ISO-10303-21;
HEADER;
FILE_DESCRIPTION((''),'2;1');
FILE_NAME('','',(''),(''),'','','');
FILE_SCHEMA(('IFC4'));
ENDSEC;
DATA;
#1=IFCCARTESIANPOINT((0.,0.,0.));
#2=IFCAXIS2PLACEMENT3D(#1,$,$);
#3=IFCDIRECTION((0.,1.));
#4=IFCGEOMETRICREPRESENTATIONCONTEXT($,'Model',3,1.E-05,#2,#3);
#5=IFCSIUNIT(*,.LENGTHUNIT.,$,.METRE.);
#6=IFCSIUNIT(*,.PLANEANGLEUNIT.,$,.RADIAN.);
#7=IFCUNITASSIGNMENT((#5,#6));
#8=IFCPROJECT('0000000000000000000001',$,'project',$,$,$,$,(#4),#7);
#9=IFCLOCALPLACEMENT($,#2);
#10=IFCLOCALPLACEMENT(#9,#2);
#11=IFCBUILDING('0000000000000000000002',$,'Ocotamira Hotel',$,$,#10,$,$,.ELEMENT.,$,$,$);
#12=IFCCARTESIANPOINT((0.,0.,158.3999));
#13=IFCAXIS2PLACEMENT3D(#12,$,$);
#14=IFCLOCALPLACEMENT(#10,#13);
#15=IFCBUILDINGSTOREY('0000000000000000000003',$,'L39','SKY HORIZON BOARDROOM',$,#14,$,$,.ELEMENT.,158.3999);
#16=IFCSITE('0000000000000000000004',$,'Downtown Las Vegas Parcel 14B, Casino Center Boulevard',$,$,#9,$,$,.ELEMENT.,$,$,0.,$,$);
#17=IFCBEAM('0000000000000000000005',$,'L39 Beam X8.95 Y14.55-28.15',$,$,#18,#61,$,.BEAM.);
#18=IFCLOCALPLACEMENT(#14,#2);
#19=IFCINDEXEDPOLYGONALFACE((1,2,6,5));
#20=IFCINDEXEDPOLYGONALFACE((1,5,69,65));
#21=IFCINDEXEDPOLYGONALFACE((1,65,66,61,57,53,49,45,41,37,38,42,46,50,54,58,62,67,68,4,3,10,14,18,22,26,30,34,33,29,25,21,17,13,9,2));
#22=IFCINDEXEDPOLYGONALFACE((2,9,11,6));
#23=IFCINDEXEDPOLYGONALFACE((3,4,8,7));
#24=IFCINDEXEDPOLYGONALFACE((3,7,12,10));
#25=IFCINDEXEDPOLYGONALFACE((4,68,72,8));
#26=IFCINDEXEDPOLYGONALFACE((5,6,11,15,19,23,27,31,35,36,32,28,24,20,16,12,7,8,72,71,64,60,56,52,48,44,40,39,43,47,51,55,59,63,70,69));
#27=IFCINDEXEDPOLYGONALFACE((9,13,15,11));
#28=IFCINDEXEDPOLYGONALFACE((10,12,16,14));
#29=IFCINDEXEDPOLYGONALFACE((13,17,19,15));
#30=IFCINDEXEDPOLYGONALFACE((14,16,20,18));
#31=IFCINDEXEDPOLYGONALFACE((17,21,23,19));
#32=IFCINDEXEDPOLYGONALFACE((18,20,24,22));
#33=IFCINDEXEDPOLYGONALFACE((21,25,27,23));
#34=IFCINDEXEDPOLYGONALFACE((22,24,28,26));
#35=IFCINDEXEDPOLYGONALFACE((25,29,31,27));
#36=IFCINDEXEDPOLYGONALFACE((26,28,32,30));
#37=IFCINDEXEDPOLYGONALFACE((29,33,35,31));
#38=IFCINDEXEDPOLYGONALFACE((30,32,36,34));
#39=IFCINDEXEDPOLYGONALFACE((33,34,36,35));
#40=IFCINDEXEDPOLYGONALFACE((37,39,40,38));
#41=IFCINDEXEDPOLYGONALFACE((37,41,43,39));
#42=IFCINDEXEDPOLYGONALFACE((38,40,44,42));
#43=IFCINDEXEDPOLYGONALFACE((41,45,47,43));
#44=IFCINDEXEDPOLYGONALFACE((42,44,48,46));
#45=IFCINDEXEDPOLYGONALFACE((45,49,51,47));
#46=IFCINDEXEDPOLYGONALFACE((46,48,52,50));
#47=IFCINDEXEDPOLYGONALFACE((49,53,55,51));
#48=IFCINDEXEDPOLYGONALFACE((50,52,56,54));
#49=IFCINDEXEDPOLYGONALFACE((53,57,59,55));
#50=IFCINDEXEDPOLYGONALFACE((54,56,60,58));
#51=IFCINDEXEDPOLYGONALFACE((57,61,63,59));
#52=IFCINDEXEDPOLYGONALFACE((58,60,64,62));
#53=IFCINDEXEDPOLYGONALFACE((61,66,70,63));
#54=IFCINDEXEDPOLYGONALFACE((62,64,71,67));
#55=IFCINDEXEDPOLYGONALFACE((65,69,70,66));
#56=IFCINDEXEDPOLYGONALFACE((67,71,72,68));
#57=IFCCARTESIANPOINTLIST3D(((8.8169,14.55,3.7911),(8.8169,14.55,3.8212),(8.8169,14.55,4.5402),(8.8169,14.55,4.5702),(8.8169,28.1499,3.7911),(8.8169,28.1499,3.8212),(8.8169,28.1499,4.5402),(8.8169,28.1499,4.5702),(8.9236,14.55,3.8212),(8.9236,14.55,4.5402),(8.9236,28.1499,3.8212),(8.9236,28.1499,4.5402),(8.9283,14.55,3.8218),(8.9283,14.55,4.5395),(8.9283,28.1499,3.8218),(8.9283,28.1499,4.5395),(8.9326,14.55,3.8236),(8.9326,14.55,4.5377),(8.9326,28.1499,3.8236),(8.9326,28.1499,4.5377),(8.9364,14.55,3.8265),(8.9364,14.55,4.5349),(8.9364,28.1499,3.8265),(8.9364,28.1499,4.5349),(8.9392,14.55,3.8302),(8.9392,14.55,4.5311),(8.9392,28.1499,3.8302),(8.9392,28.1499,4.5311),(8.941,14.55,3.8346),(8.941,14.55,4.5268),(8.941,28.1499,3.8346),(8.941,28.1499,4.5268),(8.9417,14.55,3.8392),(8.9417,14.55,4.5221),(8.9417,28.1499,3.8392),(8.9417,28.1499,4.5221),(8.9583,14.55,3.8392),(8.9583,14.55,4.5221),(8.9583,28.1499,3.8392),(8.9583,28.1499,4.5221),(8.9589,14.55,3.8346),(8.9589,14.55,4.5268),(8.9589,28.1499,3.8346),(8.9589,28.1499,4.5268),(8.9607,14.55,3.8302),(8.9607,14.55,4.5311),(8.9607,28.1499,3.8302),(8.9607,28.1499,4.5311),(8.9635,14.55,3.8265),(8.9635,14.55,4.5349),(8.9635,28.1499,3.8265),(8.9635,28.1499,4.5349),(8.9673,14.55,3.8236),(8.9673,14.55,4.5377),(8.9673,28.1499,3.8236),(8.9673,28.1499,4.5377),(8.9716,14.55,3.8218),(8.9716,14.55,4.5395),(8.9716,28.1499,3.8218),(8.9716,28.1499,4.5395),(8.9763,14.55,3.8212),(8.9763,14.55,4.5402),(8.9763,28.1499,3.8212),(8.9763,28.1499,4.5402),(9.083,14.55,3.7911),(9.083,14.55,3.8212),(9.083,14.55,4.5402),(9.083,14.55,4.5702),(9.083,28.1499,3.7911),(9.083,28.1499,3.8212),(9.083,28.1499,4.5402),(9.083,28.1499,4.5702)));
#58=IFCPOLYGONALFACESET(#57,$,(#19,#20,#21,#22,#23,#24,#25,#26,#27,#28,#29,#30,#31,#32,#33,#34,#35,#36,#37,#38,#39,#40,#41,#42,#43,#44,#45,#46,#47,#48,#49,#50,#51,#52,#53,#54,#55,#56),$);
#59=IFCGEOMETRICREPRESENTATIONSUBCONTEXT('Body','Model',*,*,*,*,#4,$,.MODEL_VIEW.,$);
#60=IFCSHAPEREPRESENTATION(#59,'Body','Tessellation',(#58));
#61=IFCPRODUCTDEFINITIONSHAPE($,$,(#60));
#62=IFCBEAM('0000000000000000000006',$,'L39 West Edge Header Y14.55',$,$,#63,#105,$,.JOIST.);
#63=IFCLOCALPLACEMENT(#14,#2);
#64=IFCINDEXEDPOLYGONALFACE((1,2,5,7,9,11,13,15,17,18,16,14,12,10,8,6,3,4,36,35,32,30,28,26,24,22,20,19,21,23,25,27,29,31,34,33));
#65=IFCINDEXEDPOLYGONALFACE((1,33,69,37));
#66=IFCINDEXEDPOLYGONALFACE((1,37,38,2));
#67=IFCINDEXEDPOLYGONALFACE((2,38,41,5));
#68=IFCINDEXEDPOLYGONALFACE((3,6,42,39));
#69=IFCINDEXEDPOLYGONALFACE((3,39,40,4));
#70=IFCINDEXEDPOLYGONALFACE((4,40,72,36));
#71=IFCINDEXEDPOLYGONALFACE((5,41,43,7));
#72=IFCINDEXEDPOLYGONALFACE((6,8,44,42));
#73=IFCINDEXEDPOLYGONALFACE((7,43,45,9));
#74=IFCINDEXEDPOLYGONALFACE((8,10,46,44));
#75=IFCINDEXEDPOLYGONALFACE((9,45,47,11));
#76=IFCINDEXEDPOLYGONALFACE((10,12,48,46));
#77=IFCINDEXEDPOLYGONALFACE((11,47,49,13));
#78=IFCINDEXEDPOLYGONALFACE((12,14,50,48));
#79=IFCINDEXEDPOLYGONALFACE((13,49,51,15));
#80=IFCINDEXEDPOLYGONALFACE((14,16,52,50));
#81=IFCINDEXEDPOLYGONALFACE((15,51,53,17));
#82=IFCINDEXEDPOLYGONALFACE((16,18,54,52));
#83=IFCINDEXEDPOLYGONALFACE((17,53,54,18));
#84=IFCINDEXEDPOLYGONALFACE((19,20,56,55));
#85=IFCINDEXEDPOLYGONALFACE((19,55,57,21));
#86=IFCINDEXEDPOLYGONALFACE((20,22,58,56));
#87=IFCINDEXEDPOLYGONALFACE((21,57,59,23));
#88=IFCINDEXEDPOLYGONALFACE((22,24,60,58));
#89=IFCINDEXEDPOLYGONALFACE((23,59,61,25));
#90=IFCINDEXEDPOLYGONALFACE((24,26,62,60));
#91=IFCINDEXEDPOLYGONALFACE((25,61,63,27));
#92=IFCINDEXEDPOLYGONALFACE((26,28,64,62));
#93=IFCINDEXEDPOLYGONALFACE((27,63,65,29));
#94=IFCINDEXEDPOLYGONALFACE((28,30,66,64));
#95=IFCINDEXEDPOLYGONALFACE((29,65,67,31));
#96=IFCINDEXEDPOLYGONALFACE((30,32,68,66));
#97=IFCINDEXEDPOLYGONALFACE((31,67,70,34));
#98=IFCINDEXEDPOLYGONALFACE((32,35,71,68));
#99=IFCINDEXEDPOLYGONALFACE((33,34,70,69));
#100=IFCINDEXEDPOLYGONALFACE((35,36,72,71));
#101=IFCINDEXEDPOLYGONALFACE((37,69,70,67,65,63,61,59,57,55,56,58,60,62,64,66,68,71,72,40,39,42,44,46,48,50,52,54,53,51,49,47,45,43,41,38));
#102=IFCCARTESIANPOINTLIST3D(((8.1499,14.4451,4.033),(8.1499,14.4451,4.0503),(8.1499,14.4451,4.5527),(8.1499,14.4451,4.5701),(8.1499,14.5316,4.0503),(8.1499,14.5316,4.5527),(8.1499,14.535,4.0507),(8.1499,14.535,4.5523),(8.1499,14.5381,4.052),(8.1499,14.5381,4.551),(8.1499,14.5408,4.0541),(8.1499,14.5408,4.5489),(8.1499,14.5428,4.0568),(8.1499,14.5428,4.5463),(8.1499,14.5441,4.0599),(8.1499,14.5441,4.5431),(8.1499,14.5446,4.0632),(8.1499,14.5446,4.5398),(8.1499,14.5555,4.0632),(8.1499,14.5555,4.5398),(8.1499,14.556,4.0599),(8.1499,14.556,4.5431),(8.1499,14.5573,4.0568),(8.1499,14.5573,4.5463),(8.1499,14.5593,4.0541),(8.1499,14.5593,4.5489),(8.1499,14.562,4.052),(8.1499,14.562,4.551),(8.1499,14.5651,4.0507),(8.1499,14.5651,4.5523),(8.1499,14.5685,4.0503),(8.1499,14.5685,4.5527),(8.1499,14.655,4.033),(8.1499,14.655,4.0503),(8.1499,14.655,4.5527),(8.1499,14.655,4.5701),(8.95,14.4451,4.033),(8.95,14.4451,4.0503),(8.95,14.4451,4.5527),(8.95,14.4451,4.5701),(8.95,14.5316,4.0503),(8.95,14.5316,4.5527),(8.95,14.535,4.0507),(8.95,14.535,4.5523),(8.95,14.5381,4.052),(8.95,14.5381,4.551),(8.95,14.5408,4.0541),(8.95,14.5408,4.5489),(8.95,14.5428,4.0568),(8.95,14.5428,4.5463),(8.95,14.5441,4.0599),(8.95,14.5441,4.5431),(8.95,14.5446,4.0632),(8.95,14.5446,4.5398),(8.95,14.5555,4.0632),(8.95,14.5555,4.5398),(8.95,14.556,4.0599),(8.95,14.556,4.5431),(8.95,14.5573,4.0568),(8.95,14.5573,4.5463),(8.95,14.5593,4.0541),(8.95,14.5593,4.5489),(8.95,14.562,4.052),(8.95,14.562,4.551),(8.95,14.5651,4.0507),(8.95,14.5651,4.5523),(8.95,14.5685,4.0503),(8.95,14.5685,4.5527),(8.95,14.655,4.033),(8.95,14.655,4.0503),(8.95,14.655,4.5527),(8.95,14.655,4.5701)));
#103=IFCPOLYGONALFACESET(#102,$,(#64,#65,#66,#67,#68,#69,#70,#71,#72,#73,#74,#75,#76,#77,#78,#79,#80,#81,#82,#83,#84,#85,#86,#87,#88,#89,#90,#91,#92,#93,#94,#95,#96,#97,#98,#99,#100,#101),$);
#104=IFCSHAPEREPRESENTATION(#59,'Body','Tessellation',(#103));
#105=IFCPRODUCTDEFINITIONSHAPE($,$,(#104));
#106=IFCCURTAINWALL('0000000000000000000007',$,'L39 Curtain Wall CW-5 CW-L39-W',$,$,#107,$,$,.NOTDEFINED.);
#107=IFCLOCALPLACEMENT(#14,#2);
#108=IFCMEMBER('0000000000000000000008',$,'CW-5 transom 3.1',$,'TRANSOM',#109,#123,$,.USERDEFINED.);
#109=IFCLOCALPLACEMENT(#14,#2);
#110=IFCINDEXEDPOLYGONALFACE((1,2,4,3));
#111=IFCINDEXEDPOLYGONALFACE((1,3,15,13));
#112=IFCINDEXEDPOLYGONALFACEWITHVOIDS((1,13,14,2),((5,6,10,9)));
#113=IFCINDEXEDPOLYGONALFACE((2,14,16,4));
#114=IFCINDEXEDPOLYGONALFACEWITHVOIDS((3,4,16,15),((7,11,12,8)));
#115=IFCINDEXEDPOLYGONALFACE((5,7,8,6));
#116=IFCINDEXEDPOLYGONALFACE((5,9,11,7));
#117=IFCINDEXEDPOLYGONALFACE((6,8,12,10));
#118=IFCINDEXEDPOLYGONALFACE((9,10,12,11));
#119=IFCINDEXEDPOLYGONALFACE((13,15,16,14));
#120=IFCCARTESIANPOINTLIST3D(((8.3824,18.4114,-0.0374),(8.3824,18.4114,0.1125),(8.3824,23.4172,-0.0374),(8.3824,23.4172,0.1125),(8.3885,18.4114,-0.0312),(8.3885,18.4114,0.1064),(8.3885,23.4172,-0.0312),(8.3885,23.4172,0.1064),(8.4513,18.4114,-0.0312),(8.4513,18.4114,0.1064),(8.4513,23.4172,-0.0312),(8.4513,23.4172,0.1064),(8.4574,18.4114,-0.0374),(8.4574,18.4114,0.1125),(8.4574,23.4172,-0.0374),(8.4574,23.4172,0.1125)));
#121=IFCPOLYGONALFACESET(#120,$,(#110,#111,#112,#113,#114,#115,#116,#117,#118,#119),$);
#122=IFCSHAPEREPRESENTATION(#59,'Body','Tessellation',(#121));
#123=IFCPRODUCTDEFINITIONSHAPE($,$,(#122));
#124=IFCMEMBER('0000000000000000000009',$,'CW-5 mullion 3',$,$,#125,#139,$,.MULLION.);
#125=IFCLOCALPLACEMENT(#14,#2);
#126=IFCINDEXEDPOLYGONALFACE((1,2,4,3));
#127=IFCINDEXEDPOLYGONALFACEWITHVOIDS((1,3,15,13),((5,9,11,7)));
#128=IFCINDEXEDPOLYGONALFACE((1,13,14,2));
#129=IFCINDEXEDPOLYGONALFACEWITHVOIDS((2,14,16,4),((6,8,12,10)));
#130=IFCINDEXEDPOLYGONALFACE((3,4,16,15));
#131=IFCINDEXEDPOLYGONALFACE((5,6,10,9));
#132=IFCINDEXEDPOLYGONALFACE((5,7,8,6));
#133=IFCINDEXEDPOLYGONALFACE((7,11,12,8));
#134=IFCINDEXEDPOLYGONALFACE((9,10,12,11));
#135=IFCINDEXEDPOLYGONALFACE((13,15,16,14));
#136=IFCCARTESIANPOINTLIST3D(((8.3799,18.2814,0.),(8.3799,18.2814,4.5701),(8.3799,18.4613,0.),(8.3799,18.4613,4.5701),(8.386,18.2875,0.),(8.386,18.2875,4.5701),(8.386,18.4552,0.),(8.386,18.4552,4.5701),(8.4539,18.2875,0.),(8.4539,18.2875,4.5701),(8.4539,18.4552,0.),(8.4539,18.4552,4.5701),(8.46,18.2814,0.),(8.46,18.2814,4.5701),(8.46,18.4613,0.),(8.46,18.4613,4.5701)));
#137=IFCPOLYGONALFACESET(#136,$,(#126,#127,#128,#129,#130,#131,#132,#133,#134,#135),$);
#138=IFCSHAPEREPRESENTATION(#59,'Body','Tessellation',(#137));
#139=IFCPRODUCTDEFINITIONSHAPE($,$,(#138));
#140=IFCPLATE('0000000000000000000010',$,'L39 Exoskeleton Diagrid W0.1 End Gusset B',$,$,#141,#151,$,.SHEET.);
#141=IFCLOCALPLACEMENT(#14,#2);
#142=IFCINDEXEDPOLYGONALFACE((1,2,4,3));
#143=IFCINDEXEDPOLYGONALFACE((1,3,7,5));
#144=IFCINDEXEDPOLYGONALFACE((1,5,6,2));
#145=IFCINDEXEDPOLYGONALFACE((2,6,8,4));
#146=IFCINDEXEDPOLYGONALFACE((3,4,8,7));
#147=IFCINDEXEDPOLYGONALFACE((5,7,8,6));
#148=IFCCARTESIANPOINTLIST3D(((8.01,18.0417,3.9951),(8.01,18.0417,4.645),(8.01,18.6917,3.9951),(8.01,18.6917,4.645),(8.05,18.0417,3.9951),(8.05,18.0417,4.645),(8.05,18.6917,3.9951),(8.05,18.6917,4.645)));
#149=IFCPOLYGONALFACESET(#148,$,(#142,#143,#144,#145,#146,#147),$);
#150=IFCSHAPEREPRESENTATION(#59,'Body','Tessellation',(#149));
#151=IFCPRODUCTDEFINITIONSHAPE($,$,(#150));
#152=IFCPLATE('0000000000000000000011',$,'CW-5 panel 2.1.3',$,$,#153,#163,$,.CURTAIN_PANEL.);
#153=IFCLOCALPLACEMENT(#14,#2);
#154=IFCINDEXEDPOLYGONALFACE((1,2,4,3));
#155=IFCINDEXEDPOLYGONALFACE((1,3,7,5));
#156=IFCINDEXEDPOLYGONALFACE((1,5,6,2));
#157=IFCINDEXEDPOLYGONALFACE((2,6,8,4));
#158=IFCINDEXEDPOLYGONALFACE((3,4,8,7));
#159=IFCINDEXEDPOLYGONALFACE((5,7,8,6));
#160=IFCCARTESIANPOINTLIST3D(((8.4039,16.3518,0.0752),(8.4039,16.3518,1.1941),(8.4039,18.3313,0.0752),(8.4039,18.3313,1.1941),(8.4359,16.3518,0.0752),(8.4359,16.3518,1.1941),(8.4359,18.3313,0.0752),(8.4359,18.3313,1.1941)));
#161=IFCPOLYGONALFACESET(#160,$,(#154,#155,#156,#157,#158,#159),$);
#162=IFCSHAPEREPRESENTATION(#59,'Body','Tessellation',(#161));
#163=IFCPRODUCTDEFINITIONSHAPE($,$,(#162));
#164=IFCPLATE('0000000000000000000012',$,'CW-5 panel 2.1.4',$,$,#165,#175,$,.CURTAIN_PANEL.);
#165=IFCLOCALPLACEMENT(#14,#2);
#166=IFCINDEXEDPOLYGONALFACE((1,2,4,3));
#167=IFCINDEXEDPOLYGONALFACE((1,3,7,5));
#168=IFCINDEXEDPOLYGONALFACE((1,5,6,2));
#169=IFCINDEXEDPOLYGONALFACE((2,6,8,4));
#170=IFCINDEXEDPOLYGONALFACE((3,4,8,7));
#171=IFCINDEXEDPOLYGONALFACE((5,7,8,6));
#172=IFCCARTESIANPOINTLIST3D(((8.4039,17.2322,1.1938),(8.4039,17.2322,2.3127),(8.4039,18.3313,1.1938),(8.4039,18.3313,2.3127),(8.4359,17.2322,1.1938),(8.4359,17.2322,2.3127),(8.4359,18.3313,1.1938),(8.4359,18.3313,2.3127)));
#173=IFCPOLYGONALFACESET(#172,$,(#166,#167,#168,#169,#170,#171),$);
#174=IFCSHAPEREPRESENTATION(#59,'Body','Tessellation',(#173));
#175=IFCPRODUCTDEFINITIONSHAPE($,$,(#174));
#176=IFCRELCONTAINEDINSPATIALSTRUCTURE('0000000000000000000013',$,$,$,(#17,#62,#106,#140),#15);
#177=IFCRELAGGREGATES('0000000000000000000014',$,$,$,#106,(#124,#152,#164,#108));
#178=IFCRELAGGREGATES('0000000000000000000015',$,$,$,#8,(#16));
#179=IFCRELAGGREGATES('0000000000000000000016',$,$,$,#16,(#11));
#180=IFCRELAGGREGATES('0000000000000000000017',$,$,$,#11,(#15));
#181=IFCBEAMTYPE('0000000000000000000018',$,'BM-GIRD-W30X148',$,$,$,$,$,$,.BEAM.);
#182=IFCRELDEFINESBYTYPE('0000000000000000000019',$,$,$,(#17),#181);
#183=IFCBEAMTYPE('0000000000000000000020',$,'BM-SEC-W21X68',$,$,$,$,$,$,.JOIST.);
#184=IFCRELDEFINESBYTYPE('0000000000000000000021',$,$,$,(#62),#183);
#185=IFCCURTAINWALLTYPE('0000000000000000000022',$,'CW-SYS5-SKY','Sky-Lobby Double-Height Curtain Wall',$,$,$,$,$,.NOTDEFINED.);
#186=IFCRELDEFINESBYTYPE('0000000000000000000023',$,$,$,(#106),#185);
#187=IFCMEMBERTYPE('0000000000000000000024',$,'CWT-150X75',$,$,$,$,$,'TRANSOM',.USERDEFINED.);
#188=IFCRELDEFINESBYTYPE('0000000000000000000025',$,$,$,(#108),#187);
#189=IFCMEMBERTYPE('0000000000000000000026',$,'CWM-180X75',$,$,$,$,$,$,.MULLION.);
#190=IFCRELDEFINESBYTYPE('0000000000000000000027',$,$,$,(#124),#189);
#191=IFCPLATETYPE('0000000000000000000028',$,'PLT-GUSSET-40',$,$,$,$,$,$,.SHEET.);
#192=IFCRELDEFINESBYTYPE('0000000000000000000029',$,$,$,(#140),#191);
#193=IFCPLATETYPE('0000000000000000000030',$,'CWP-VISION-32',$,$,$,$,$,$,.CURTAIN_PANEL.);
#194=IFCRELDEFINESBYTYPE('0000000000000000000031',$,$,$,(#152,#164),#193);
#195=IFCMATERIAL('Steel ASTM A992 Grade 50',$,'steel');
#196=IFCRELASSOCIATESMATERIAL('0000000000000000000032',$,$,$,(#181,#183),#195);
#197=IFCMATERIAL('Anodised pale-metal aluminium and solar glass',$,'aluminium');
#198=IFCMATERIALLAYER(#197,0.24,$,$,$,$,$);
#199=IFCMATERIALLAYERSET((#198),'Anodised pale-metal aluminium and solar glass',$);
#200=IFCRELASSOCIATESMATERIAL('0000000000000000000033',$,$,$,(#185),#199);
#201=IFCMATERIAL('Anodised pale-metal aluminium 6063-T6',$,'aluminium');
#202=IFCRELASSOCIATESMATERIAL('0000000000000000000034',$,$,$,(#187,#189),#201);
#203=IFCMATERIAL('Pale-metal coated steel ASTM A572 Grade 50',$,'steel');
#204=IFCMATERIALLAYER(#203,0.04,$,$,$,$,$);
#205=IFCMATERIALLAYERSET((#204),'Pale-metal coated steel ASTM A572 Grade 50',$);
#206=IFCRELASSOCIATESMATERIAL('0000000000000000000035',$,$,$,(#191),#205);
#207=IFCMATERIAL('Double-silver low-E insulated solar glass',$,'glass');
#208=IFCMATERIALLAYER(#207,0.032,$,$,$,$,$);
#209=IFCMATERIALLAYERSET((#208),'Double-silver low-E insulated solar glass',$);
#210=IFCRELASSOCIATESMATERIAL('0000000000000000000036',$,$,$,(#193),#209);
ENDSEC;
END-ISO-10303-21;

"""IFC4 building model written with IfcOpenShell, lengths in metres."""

from ifc_helpers import new_model, si_unit, direction, frame, origin, origin_2d, place, context, subcontext, project, spatial, rectangle, hollow_rectangle, i_section, extrude, source, transform, mapped, material, layer, layer_set, material_profile, profile_set, type_object, element, aggregate, save


model = new_model("IFC4")

# Units and contexts
model_context = context("Model", 3, precision=1e-05, world=origin(), true_north=direction((0.0, 1.0)))
body_context = subcontext(model_context, "Body", "Model", "MODEL_VIEW")
ifc_project = project(units=[si_unit("LENGTHUNIT", "METRE"), si_unit("PLANEANGLEUNIT", "RADIAN")], contexts=[model_context])

# Site, building, storey
site_placement = place(None, origin())
site = spatial("IfcSite", under=ifc_project, at=site_placement, Name="Downtown Las Vegas Parcel 14B, Casino Center Boulevard", CompositionType="ELEMENT", RefElevation=0.0)
building_placement = place(site_placement, origin())
building = spatial("IfcBuilding", under=site, at=building_placement, Name="Ocotamira Hotel", CompositionType="ELEMENT")
storey_placement = place(building_placement, frame((0.0, 0.0, 158.3999)))
storey = spatial("IfcBuildingStorey", under=building, at=storey_placement, Name="L39", Description="SKY HORIZON BOARDROOM", CompositionType="ELEMENT", Elevation=158.3999)

# Beams
ifc_material_1 = material(Name="Steel ASTM A992 Grade 50", Category="steel")
ifc_material_profile_1 = material_profile(ifc_material_1, i_section(OverallWidth=0.2661, OverallDepth=0.7791, WebThickness=0.0166, FlangeThickness=0.03, FilletRadius=0.0181, at=origin_2d()), Name="W30X148")
ifc_profile_set_1 = profile_set([ifc_material_profile_1], Name="Steel ASTM A992 Grade 50")
beam_type_1 = type_object("IfcBeamType", Name="BM-GIRD-W30X148", PredefinedType="BEAM", material=ifc_profile_set_1)
shared_shape_1 = source(origin(), body_context, "Body", "SweptSolid", [
    extrude(i_section(OverallWidth=0.2661, OverallDepth=0.7791, WebThickness=0.0166, FlangeThickness=0.03, FilletRadius=0.0181, at=origin_2d()), origin(), (0.0, 0.0, 1.0), 13.5999),
])
beam_1_placement = place(storey_placement, frame((8.95, 14.55, 4.1807), z_axis=(0.0, 1.0, 0.0), x_axis=(-1.0, 0.0, 0.0)))
element("IfcBeam", 1, at=beam_1_placement, inside=storey, type_object=beam_type_1, Name="L39 Beam X8.95 Y14.55-28.15", PredefinedType="BEAM", context=body_context, shape_type="MappedRepresentation", body=[
    mapped(shared_shape_1, transform((0.0, 0.0, 0.0), scale=1.0)),
])
ifc_material_profile_2 = material_profile(ifc_material_1, i_section(OverallWidth=0.21, OverallDepth=0.5371, WebThickness=0.011, FlangeThickness=0.0173, FilletRadius=0.0129, at=origin_2d()), Name="W21X68")
ifc_profile_set_2 = profile_set([ifc_material_profile_2], Name="Steel ASTM A992 Grade 50")
beam_type_2 = type_object("IfcBeamType", Name="BM-SEC-W21X68", PredefinedType="JOIST", material=ifc_profile_set_2)
shared_shape_2 = source(origin(), body_context, "Body", "SweptSolid", [
    extrude(i_section(OverallWidth=0.21, OverallDepth=0.5371, WebThickness=0.011, FlangeThickness=0.0173, FilletRadius=0.0129, at=origin_2d()), origin(), (0.0, 0.0, 1.0), 0.8),
])
beam_2_placement = place(storey_placement, frame((8.95, 14.55, 4.3015), z_axis=(-1.0, 0.0, 0.0), x_axis=(0.0, -1.0, 0.0)))
element("IfcBeam", 2, at=beam_2_placement, inside=storey, type_object=beam_type_2, Name="L39 West Edge Header Y14.55", PredefinedType="JOIST", context=body_context, shape_type="MappedRepresentation", body=[
    mapped(shared_shape_2, transform((0.0, 0.0, 0.0), scale=1.0)),
])

# Curtain wall, members
ifc_material_2 = material(Name="Anodised pale-metal aluminium and solar glass", Category="aluminium")
ifc_layer_1 = layer(ifc_material_2, 0.24)
ifc_layer_set_1 = layer_set([ifc_layer_1], Name="Anodised pale-metal aluminium and solar glass")
curtain_wall_type = type_object("IfcCurtainWallType", Name="CW-SYS5-SKY", Description="Sky-Lobby Double-Height Curtain Wall", PredefinedType="NOTDEFINED", material=ifc_layer_set_1)
curtain_wall_placement = place(storey_placement, origin())
curtain_wall = element("IfcCurtainWall", 3, at=curtain_wall_placement, inside=storey, type_object=curtain_wall_type, Name="L39 Curtain Wall CW-5 CW-L39-W", PredefinedType="NOTDEFINED")
ifc_material_3 = material(Name="Anodised pale-metal aluminium 6063-T6", Category="aluminium")
ifc_material_profile_3 = material_profile(ifc_material_3, hollow_rectangle(XDim=0.075, YDim=0.1499, WallThickness=0.0061, at=origin_2d()), Name="HSS150X75X6")
ifc_profile_set_3 = profile_set([ifc_material_profile_3], Name="Anodised pale-metal aluminium 6063-T6")
member_type_1 = type_object("IfcMemberType", Name="CWT-150X75", ElementType="TRANSOM", PredefinedType="USERDEFINED", material=ifc_profile_set_3)
shared_shape_3 = source(origin(), body_context, "Body", "SweptSolid", [
    extrude(hollow_rectangle(XDim=0.075, YDim=0.1499, WallThickness=0.0061, at=origin_2d()), origin(), (0.0, 0.0, 1.0), 5.0059),
])
member_1_placement = place(storey_placement, frame((8.4199, 18.4114, 0.0376), z_axis=(0.0, 1.0, 0.0), x_axis=(-1.0, 0.0, 0.0)))
member_1 = element("IfcMember", 4, at=member_1_placement, type_object=member_type_1, Name="CW-5 transom 3.1", ObjectType="TRANSOM", PredefinedType="USERDEFINED", context=body_context, shape_type="MappedRepresentation", body=[
    mapped(shared_shape_3, transform((0.0, 0.0, 0.0), scale=1.0)),
])
ifc_material_profile_4 = material_profile(ifc_material_3, hollow_rectangle(XDim=0.0801, YDim=0.1799, WallThickness=0.0061, at=origin_2d()), Name="HSS180X80X6")
ifc_profile_set_4 = profile_set([ifc_material_profile_4], Name="Anodised pale-metal aluminium 6063-T6")
member_type_2 = type_object("IfcMemberType", Name="CWM-180X75", PredefinedType="MULLION", material=ifc_profile_set_4)
shared_shape_4 = source(origin(), body_context, "Body", "SweptSolid", [
    extrude(hollow_rectangle(XDim=0.0801, YDim=0.1799, WallThickness=0.0061, at=origin_2d()), origin(), (0.0, 0.0, 1.0), 4.5701),
])
member_2_placement = place(storey_placement, frame((8.4199, 18.3713, 0.0), z_axis=(0.0, 0.0, 1.0), x_axis=(-1.0, 0.0, 0.0)))
member_2 = element("IfcMember", 5, at=member_2_placement, type_object=member_type_2, Name="CW-5 mullion 3", PredefinedType="MULLION", context=body_context, shape_type="MappedRepresentation", body=[
    mapped(shared_shape_4, transform((0.0, 0.0, 0.0), scale=1.0)),
])

# Plates
ifc_material_4 = material(Name="Pale-metal coated steel ASTM A572 Grade 50", Category="steel")
ifc_layer_2 = layer(ifc_material_4, 0.04)
ifc_layer_set_2 = layer_set([ifc_layer_2], Name="Pale-metal coated steel ASTM A572 Grade 50")
plate_type_1 = type_object("IfcPlateType", Name="PLT-GUSSET-40", PredefinedType="SHEET", material=ifc_layer_set_2)
shared_shape_5 = source(origin(), body_context, "Body", "SweptSolid", [
    extrude(rectangle(XDim=0.04, YDim=0.6499, at=origin_2d()), origin(), (0.0, 0.0, 1.0), 0.6499),
])
plate_1_placement = place(storey_placement, frame((8.03, 18.3667, 3.9951), z_axis=(0.0, 0.0, 1.0), x_axis=(1.0, 0.0, 0.0)))
element("IfcPlate", 6, at=plate_1_placement, inside=storey, type_object=plate_type_1, Name="L39 Exoskeleton Diagrid W0.1 End Gusset B", PredefinedType="SHEET", context=body_context, shape_type="MappedRepresentation", body=[
    mapped(shared_shape_5, transform((0.0, 0.0, 0.0), scale=1.0)),
])
ifc_material_5 = material(Name="Double-silver low-E insulated solar glass", Category="glass")
ifc_layer_3 = layer(ifc_material_5, 0.032)
ifc_layer_set_3 = layer_set([ifc_layer_3], Name="Double-silver low-E insulated solar glass")
plate_type_2 = type_object("IfcPlateType", Name="CWP-VISION-32", PredefinedType="CURTAIN_PANEL", material=ifc_layer_set_3)
shared_shape_6 = source(origin(), body_context, "Body", "SweptSolid", [
    extrude(rectangle(XDim=1.9795, YDim=0.032, at=origin_2d()), origin(), (0.0, 0.0, 1.0), 1.1189),
])
plate_2_placement = place(storey_placement, frame((8.4199, 17.3416, 0.0752), z_axis=(0.0, 0.0, 1.0), x_axis=(0.0, 1.0, 0.0)))
plate_2 = element("IfcPlate", 7, at=plate_2_placement, type_object=plate_type_2, Name="CW-5 panel 2.1.3", PredefinedType="CURTAIN_PANEL", context=body_context, shape_type="MappedRepresentation", body=[
    mapped(shared_shape_6, transform((0.0, 0.0, 0.0), scale=1.0)),
])
shared_shape_7 = source(origin(), body_context, "Body", "SweptSolid", [
    extrude(rectangle(XDim=1.0991, YDim=0.032, at=origin_2d()), origin(), (0.0, 0.0, 1.0), 1.1189),
])
plate_3_placement = place(storey_placement, frame((8.4199, 17.7817, 1.1938), z_axis=(0.0, 0.0, 1.0), x_axis=(0.0, 1.0, 0.0)))
plate_3 = element("IfcPlate", 8, at=plate_3_placement, type_object=plate_type_2, Name="CW-5 panel 2.1.4", PredefinedType="CURTAIN_PANEL", context=body_context, shape_type="MappedRepresentation", body=[
    mapped(shared_shape_7, transform((0.0, 0.0, 0.0), scale=1.0)),
])
aggregate(curtain_wall, [member_2, plate_2, plate_3, member_1])

save(model, "model.ifc")
